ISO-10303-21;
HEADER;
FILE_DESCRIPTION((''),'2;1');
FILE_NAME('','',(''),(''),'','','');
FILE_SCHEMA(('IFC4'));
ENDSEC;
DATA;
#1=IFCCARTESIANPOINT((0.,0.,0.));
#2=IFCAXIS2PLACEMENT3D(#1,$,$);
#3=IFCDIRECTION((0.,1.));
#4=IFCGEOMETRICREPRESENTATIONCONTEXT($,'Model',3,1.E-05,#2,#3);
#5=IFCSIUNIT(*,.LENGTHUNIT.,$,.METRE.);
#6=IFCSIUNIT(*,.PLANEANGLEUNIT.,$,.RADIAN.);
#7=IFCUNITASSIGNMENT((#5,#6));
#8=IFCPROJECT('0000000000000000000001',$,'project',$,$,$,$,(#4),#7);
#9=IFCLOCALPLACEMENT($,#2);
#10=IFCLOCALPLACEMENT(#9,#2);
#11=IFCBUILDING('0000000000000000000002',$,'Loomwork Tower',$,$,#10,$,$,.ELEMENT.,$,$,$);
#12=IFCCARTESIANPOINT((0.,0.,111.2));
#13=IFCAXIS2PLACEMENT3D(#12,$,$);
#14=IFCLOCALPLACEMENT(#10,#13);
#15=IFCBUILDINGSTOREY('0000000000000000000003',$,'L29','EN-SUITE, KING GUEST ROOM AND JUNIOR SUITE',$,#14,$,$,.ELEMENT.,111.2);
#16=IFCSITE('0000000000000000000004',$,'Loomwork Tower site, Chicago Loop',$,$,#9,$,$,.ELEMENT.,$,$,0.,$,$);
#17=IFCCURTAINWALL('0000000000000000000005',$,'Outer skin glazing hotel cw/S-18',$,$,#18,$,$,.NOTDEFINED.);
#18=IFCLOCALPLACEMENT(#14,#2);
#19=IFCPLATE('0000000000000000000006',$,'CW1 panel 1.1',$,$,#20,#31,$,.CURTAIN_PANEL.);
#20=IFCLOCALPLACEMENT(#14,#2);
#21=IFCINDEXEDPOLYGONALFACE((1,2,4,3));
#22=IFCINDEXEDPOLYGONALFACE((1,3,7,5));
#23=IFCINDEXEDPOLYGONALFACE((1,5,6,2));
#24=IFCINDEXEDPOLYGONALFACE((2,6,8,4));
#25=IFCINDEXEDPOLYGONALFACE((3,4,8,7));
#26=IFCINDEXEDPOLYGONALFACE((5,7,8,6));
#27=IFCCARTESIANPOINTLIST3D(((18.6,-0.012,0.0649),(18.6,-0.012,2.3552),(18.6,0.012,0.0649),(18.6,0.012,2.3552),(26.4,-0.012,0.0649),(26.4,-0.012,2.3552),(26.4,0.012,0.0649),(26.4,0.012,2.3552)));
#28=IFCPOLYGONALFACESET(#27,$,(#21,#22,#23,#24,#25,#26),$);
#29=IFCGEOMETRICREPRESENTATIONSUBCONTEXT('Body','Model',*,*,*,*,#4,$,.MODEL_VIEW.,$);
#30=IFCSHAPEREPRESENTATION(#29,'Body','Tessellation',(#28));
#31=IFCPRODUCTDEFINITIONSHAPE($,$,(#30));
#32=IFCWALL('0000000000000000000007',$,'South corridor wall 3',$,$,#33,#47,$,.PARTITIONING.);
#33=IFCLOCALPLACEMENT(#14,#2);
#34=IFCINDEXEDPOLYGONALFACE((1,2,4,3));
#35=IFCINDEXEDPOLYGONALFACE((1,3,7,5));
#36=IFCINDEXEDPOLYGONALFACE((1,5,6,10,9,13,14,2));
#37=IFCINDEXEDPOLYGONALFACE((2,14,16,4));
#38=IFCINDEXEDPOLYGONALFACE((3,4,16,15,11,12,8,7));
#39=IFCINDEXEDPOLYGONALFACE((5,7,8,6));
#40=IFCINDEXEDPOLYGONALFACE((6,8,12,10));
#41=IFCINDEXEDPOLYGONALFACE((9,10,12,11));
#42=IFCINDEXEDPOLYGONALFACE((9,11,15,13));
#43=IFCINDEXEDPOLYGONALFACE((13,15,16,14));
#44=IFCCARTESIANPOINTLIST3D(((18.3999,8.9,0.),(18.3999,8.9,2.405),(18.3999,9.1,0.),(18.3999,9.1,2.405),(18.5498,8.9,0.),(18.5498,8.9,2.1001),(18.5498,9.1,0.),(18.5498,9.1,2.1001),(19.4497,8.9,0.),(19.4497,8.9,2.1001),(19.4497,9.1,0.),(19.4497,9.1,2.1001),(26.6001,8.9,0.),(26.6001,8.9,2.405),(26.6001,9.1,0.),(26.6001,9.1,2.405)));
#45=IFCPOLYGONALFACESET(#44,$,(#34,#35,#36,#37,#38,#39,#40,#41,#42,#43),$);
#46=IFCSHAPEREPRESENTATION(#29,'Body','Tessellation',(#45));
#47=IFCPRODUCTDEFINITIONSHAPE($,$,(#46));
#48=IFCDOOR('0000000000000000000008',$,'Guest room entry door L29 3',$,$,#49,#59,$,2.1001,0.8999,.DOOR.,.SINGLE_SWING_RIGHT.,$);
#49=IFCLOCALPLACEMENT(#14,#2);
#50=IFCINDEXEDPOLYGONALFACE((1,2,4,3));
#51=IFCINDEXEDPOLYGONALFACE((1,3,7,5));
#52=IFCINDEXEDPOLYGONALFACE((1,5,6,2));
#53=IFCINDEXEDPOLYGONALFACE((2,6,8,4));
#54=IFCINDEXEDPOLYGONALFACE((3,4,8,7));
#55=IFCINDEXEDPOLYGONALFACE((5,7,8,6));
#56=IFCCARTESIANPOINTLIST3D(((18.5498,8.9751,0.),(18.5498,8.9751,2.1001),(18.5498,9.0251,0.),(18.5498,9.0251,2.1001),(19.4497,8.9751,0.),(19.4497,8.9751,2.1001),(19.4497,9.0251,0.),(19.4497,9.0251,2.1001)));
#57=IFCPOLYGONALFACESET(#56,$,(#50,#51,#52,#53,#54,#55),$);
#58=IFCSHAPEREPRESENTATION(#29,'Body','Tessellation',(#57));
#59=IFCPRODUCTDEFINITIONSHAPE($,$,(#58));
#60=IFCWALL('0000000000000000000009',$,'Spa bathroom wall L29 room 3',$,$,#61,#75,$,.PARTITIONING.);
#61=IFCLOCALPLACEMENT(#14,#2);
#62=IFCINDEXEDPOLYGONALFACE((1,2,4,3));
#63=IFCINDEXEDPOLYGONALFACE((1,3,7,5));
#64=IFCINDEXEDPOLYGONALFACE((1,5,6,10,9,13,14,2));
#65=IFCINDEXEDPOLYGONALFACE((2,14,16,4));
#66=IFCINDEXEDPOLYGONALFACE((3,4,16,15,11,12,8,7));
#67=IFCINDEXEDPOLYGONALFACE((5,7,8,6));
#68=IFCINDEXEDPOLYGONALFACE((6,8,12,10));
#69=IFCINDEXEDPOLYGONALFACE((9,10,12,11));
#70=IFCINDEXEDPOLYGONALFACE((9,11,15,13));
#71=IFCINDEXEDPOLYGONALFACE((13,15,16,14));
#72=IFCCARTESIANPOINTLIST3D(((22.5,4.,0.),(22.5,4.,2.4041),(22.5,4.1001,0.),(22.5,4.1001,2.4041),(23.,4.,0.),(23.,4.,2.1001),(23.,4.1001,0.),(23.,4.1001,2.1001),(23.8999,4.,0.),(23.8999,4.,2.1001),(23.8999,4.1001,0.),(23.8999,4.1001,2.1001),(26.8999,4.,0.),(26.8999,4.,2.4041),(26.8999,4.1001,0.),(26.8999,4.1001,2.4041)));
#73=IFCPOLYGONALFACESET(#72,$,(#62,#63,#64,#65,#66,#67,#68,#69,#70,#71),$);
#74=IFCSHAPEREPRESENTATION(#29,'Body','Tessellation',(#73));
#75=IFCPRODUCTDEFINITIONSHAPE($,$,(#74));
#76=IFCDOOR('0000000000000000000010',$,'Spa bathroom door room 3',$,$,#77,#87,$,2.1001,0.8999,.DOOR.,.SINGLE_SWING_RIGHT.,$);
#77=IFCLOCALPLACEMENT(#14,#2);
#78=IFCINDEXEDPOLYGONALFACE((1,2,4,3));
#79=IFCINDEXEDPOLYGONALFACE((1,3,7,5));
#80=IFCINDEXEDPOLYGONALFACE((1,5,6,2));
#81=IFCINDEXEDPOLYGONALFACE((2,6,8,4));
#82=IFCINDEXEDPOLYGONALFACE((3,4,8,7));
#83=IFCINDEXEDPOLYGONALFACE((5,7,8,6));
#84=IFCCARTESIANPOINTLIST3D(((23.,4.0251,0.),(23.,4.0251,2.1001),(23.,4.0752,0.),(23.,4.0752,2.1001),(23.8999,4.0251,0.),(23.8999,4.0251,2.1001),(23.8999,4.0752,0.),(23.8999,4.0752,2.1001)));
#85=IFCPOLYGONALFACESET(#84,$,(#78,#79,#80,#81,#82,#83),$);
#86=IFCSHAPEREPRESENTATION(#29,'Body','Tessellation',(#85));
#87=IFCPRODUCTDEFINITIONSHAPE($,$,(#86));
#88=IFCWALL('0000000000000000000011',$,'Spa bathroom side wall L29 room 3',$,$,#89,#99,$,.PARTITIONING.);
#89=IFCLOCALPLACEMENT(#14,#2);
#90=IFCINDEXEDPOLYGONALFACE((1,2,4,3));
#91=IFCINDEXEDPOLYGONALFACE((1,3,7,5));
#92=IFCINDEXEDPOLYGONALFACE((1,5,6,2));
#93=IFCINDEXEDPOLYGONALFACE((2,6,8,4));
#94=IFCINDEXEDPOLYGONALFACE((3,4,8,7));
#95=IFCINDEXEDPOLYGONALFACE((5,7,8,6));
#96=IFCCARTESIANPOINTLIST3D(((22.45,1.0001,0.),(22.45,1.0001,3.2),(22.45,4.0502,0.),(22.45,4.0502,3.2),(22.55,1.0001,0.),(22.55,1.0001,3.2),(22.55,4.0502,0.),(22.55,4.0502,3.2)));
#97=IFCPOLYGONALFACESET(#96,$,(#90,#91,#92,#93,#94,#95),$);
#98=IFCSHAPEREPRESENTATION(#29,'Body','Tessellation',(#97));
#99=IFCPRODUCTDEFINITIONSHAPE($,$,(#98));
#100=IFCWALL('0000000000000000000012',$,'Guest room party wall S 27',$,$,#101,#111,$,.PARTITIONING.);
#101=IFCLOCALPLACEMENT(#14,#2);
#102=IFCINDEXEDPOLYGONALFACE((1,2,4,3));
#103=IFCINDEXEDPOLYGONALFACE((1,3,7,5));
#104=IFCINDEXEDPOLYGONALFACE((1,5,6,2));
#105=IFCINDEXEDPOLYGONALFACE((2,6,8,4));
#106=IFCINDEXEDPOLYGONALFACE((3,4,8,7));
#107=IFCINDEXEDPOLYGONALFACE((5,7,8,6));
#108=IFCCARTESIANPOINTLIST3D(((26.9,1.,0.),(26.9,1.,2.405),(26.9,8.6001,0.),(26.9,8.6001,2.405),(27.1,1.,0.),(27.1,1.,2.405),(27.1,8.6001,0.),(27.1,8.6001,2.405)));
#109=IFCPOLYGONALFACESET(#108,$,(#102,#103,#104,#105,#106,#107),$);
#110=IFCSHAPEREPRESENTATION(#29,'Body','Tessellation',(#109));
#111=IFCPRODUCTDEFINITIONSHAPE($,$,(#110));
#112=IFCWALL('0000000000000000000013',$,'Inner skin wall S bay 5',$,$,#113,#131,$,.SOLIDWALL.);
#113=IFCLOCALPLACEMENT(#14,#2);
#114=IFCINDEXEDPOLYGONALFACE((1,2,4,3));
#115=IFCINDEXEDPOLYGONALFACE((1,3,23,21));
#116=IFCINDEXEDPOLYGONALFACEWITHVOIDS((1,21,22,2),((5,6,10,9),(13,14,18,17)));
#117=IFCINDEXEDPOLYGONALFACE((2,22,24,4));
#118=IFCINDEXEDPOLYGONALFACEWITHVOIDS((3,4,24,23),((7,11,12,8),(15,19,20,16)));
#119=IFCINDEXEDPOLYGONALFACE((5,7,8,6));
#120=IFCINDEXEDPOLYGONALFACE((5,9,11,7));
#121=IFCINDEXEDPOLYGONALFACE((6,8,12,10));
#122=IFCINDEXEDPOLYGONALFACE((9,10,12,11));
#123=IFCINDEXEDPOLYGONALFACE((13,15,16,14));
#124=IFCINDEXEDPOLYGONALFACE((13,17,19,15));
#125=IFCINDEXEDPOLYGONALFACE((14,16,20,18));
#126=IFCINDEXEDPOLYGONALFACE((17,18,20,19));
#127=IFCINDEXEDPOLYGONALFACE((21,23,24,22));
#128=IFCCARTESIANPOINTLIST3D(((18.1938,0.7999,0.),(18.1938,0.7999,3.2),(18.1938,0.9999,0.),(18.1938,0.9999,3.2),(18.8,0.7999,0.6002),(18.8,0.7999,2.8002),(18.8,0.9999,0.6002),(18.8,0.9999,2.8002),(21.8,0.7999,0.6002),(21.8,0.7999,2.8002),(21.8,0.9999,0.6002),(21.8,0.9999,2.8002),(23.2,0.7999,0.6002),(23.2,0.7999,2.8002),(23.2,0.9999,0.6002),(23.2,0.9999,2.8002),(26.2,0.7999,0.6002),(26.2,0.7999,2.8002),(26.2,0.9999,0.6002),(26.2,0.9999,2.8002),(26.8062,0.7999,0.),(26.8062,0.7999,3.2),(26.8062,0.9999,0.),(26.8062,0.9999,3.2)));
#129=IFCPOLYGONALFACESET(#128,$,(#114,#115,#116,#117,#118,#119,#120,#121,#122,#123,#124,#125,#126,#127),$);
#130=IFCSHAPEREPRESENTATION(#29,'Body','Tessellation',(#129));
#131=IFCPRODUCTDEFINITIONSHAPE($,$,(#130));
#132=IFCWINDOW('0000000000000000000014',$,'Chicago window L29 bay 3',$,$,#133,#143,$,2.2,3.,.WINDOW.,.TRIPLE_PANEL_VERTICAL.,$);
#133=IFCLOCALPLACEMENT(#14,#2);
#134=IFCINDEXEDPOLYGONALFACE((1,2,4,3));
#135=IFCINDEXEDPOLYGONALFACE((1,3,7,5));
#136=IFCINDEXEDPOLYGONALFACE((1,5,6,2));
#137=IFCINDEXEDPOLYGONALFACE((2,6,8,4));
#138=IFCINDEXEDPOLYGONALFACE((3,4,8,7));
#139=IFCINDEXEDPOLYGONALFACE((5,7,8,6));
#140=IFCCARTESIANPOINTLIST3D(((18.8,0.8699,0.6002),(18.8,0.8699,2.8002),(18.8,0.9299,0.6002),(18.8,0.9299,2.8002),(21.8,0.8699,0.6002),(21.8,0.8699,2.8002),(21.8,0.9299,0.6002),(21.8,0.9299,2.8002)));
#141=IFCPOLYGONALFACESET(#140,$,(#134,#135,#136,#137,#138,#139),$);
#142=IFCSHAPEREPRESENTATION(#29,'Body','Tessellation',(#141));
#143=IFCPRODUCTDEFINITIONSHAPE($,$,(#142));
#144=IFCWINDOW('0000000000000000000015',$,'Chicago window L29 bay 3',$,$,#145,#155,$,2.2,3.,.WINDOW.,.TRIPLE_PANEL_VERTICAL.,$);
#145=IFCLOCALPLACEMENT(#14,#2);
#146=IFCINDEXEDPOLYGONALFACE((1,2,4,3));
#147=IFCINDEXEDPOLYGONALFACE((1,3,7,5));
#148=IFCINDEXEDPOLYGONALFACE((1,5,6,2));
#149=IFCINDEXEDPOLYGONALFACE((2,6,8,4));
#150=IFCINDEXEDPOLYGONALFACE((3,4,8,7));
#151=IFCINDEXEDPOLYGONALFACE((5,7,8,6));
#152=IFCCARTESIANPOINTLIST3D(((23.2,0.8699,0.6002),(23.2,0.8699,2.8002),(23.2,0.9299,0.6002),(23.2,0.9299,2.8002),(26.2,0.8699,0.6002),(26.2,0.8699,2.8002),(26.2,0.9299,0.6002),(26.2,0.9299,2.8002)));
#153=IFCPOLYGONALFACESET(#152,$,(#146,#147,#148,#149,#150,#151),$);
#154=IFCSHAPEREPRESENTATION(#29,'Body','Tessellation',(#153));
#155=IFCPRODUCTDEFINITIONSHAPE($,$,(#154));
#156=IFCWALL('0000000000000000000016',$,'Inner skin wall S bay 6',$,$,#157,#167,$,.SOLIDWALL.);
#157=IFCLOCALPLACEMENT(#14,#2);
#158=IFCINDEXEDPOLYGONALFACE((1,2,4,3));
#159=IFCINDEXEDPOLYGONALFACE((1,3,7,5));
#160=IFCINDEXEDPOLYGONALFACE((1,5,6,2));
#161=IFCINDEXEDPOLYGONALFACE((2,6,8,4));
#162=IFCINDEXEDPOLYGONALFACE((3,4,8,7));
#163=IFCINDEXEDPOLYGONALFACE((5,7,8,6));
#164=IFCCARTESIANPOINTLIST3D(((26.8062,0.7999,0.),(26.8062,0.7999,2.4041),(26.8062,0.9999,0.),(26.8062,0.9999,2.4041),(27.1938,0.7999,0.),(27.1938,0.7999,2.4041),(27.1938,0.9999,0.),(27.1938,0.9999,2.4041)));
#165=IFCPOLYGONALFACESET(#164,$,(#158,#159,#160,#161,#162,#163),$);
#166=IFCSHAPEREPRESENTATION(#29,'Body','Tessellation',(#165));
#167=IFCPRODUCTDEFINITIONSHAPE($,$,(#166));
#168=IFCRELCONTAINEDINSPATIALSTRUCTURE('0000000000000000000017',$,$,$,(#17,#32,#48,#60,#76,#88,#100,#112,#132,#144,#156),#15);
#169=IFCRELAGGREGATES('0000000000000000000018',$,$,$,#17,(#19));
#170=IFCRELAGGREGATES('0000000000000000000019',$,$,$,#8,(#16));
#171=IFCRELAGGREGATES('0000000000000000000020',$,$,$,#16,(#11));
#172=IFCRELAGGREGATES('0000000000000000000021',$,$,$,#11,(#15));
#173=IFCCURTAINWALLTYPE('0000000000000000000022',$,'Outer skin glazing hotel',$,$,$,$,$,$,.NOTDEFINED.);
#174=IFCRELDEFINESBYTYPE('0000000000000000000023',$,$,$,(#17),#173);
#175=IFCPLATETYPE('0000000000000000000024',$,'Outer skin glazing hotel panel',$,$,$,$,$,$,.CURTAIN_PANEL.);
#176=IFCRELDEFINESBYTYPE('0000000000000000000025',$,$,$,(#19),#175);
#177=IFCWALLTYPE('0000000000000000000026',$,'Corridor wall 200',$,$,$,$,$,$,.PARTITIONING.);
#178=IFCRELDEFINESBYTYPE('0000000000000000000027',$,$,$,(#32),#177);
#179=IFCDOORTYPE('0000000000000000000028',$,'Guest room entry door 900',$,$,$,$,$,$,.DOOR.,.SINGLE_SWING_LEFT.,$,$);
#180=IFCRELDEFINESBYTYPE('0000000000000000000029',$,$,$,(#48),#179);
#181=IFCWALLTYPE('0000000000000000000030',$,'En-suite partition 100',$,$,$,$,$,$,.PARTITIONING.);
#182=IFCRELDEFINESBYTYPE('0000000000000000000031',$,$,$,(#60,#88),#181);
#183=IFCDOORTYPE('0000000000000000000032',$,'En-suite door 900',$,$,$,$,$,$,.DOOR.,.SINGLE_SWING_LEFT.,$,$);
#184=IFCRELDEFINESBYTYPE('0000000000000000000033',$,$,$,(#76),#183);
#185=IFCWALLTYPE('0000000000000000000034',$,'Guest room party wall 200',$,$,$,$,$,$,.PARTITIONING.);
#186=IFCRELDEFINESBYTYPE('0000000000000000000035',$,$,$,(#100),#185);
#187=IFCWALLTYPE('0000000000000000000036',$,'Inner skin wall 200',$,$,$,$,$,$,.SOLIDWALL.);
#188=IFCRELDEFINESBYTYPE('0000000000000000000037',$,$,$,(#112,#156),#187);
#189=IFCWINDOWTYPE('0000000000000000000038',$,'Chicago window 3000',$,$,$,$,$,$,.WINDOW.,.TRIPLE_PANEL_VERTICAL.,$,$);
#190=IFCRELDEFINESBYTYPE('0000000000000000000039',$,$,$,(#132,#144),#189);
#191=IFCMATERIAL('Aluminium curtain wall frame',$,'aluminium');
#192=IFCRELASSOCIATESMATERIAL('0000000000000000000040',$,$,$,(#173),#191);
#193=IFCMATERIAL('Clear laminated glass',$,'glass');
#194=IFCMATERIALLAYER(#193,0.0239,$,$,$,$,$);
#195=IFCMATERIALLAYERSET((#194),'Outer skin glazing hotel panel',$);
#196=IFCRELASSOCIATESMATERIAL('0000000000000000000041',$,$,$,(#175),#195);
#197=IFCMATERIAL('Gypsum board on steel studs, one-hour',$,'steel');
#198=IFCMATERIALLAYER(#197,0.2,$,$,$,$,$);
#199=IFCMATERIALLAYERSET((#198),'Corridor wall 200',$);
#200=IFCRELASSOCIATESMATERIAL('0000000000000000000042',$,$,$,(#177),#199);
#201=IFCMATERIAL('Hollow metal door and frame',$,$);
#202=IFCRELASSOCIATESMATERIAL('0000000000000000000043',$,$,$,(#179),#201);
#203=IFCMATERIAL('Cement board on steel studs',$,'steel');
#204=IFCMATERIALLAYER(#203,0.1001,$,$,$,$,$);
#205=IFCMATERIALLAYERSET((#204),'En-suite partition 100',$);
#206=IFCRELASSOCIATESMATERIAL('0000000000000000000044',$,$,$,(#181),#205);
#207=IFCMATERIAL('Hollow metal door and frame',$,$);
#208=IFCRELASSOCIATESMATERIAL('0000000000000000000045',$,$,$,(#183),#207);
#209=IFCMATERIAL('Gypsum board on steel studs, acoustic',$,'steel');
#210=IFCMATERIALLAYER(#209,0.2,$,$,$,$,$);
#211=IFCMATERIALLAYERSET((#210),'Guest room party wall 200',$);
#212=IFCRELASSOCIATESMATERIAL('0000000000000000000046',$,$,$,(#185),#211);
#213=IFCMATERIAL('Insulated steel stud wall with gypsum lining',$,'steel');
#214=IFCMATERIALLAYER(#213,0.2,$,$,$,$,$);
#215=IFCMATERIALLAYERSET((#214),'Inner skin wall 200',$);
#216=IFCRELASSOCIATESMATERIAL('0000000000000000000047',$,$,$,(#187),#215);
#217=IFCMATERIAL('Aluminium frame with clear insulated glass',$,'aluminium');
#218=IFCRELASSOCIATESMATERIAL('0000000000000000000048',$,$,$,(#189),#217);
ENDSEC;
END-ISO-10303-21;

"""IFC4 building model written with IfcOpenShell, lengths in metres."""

from ifc_helpers import new_model, si_unit, direction, frame, frame_2d, origin, origin_2d, place, context, subcontext, project, spatial, rectangle, extrude, material, layer, layer_set, type_object, element, fill, aggregate, save


model = new_model("IFC4")

# Units and contexts
model_context = context("Model", 3, precision=1e-05, world=origin(), true_north=direction((0.0, 1.0)))
body_context = subcontext(model_context, "Body", "Model", "MODEL_VIEW")
ifc_project = project(units=[si_unit("LENGTHUNIT", "METRE"), si_unit("PLANEANGLEUNIT", "RADIAN")], contexts=[model_context])

# Site, building, storey
site_placement = place(None, origin())
site = spatial("IfcSite", under=ifc_project, at=site_placement, Name="Loomwork Tower site, Chicago Loop", CompositionType="ELEMENT", RefElevation=0.0)
building_placement = place(site_placement, origin())
building = spatial("IfcBuilding", under=site, at=building_placement, Name="Loomwork Tower", CompositionType="ELEMENT")
storey_placement = place(building_placement, frame((0.0, 0.0, 111.2)))
storey = spatial("IfcBuildingStorey", under=building, at=storey_placement, Name="L29", Description="EN-SUITE, KING GUEST ROOM AND JUNIOR SUITE", CompositionType="ELEMENT", Elevation=111.2)

# Curtain wall
ifc_material_1 = material(Name="Aluminium curtain wall frame", Category="aluminium")
curtain_wall_type = type_object("IfcCurtainWallType", Name="Outer skin glazing hotel", PredefinedType="NOTDEFINED", material=ifc_material_1)
curtain_wall_placement = place(storey_placement, origin())
curtain_wall = element("IfcCurtainWall", 1, at=curtain_wall_placement, inside=storey, type_object=curtain_wall_type, Name="Outer skin glazing hotel cw/S-18", PredefinedType="NOTDEFINED")

# Plate
ifc_material_2 = material(Name="Clear laminated glass", Category="glass")
ifc_layer_1 = layer(ifc_material_2, 0.0239)
ifc_layer_set_1 = layer_set([ifc_layer_1], Name="Outer skin glazing hotel panel")
plate_type = type_object("IfcPlateType", Name="Outer skin glazing hotel panel", PredefinedType="CURTAIN_PANEL", material=ifc_layer_set_1)
plate_placement = place(storey_placement, frame((22.5, 0.0, 0.0649), z_axis=(0.0, 0.0, 1.0), x_axis=(1.0, 0.0, 0.0)))
plate = element("IfcPlate", 2, at=plate_placement, type_object=plate_type, Name="CW1 panel 1.1", PredefinedType="CURTAIN_PANEL", context=body_context, shape_type="SweptSolid", body=[
    extrude(rectangle(XDim=7.8, YDim=0.0239, at=origin_2d()), origin(), (0.0, 0.0, 1.0), 2.2903),
])
aggregate(curtain_wall, [plate])

# Walls, openings, doors
ifc_material_3 = material(Name="Gypsum board on steel studs, one-hour", Category="steel")
ifc_layer_2 = layer(ifc_material_3, 0.2)
ifc_layer_set_2 = layer_set([ifc_layer_2], Name="Corridor wall 200")
wall_type_1 = type_object("IfcWallType", Name="Corridor wall 200", PredefinedType="PARTITIONING", material=ifc_layer_set_2)
wall_1_placement = place(storey_placement, frame((18.3999, 9.0, 0.0), z_axis=(0.0, 0.0, 1.0), x_axis=(1.0, 0.0, 0.0)))
wall_1 = element("IfcWall", 3, at=wall_1_placement, inside=storey, type_object=wall_type_1, Name="South corridor wall 3", PredefinedType="PARTITIONING", context=body_context, shape_type="SweptSolid", body=[
    extrude(rectangle(XDim=8.2002, YDim=0.2, at=frame_2d((4.1001, 0.0))), origin(), (0.0, 0.0, 1.0), 2.405),
])
opening_1_placement = place(wall_1_placement, frame((0.1499, 0.0, 0.0)))
opening_1 = element("IfcOpeningElement", 4, at=opening_1_placement, cuts=wall_1, PredefinedType="OPENING", context=body_context, shape_type="SweptSolid", body=[
    extrude(rectangle(XDim=0.8999, YDim=2.1001, at=frame_2d((0.45, 1.05))), frame((0.0, 0.1099, 0.0), z_axis=(0.0, -1.0, 0.0), x_axis=(1.0, 0.0, 0.0)), (0.0, 0.0, 1.0), 0.22),
])
ifc_material_4 = material(Name="Hollow metal door and frame")
door_type_1 = type_object("IfcDoorType", Name="Guest room entry door 900", OperationType="SINGLE_SWING_LEFT", PredefinedType="DOOR", material=ifc_material_4)
door_1_placement = place(opening_1_placement, frame((0.8999, 0.0, 0.0), z_axis=(0.0, 0.0, 1.0), x_axis=(-1.0, 0.0, 0.0)))
door_1 = element("IfcDoor", 5, at=door_1_placement, inside=storey, type_object=door_type_1, Name="Guest room entry door L29 3", OperationType="SINGLE_SWING_RIGHT", OverallHeight=2.1001, OverallWidth=0.8999, PredefinedType="DOOR", context=body_context, shape_type="SweptSolid", body=[
    extrude(rectangle(XDim=0.8999, YDim=2.1001, at=frame_2d((0.45, 1.05))), frame((0.0, 0.0249, 0.0), z_axis=(0.0, -1.0, 0.0), x_axis=(1.0, 0.0, 0.0)), (0.0, 0.0, 1.0), 0.05),
])
fill(opening_1, door_1)
ifc_material_5 = material(Name="Cement board on steel studs", Category="steel")
ifc_layer_3 = layer(ifc_material_5, 0.1001)
ifc_layer_set_3 = layer_set([ifc_layer_3], Name="En-suite partition 100")
wall_type_2 = type_object("IfcWallType", Name="En-suite partition 100", PredefinedType="PARTITIONING", material=ifc_layer_set_3)
wall_2_placement = place(storey_placement, frame((22.5, 4.05, 0.0), z_axis=(0.0, 0.0, 1.0), x_axis=(1.0, 0.0, 0.0)))
wall_2 = element("IfcWall", 6, at=wall_2_placement, inside=storey, type_object=wall_type_2, Name="Spa bathroom wall L29 room 3", PredefinedType="PARTITIONING", context=body_context, shape_type="SweptSolid", body=[
    extrude(rectangle(XDim=4.3999, YDim=0.1001, at=frame_2d((2.2, 0.0))), origin(), (0.0, 0.0, 1.0), 2.4041),
])
opening_2_placement = place(wall_2_placement, frame((0.5, 0.0, 0.0)))
opening_2 = element("IfcOpeningElement", 7, at=opening_2_placement, cuts=wall_2, PredefinedType="OPENING", context=body_context, shape_type="SweptSolid", body=[
    extrude(rectangle(XDim=0.8999, YDim=2.1001, at=frame_2d((0.45, 1.05))), frame((0.0, 0.0601, 0.0), z_axis=(0.0, -1.0, 0.0), x_axis=(1.0, 0.0, 0.0)), (0.0, 0.0, 1.0), 0.1201),
])
ifc_material_6 = material(Name="Hollow metal door and frame")
door_type_2 = type_object("IfcDoorType", Name="En-suite door 900", OperationType="SINGLE_SWING_LEFT", PredefinedType="DOOR", material=ifc_material_6)
door_2_placement = place(opening_2_placement, frame((0.8999, 0.0, 0.0), z_axis=(0.0, 0.0, 1.0), x_axis=(-1.0, 0.0, 0.0)))
door_2 = element("IfcDoor", 8, at=door_2_placement, inside=storey, type_object=door_type_2, Name="Spa bathroom door room 3", OperationType="SINGLE_SWING_RIGHT", OverallHeight=2.1001, OverallWidth=0.8999, PredefinedType="DOOR", context=body_context, shape_type="SweptSolid", body=[
    extrude(rectangle(XDim=0.8999, YDim=2.1001, at=frame_2d((0.45, 1.05))), frame((0.0, 0.0249, 0.0), z_axis=(0.0, -1.0, 0.0), x_axis=(1.0, 0.0, 0.0)), (0.0, 0.0, 1.0), 0.05),
])
fill(opening_2, door_2)

# Walls
wall_3_placement = place(storey_placement, frame((22.5, 4.05, 0.0), z_axis=(0.0, 0.0, 1.0), x_axis=(0.0, -1.0, 0.0)))
element("IfcWall", 9, at=wall_3_placement, inside=storey, type_object=wall_type_2, Name="Spa bathroom side wall L29 room 3", PredefinedType="PARTITIONING", context=body_context, shape_type="SweptSolid", body=[
    extrude(rectangle(XDim=3.05, YDim=0.1001, at=frame_2d((1.5249, 0.0))), origin(), (0.0, 0.0, 1.0), 3.2),
])
ifc_material_7 = material(Name="Gypsum board on steel studs, acoustic", Category="steel")
ifc_layer_4 = layer(ifc_material_7, 0.2)
ifc_layer_set_4 = layer_set([ifc_layer_4], Name="Guest room party wall 200")
wall_type_3 = type_object("IfcWallType", Name="Guest room party wall 200", PredefinedType="PARTITIONING", material=ifc_layer_set_4)
wall_4_placement = place(storey_placement, frame((27.0, 8.6001, 0.0), z_axis=(0.0, 0.0, 1.0), x_axis=(0.0, -1.0, 0.0)))
element("IfcWall", 10, at=wall_4_placement, inside=storey, type_object=wall_type_3, Name="Guest room party wall S 27", PredefinedType="PARTITIONING", context=body_context, shape_type="SweptSolid", body=[
    extrude(rectangle(XDim=7.6001, YDim=0.2, at=frame_2d((3.8, 0.0))), origin(), (0.0, 0.0, 1.0), 2.405),
])

# Wall, openings, windows
ifc_material_8 = material(Name="Insulated steel stud wall with gypsum lining", Category="steel")
ifc_layer_5 = layer(ifc_material_8, 0.2)
ifc_layer_set_5 = layer_set([ifc_layer_5], Name="Inner skin wall 200")
wall_type_4 = type_object("IfcWallType", Name="Inner skin wall 200", PredefinedType="SOLIDWALL", material=ifc_layer_set_5)
wall_5_placement = place(storey_placement, frame((18.1938, 0.8999, 0.0), z_axis=(0.0, 0.0, 1.0), x_axis=(1.0, 0.0, 0.0)))
wall_5 = element("IfcWall", 11, at=wall_5_placement, inside=storey, type_object=wall_type_4, Name="Inner skin wall S bay 5", PredefinedType="SOLIDWALL", context=body_context, shape_type="SweptSolid", body=[
    extrude(rectangle(XDim=8.6123, YDim=0.2, at=frame_2d((4.3062, 0.0))), origin(), (0.0, 0.0, 1.0), 3.2),
])
opening_3_placement = place(wall_5_placement, frame((0.6062, 0.0, 0.6001)))
opening_3 = element("IfcOpeningElement", 12, at=opening_3_placement, cuts=wall_5, PredefinedType="OPENING", context=body_context, shape_type="SweptSolid", body=[
    extrude(rectangle(XDim=3.0, YDim=2.2, at=frame_2d((1.5, 1.1001))), frame((0.0, 0.1099, 0.0), z_axis=(0.0, -1.0, 0.0), x_axis=(1.0, 0.0, 0.0)), (0.0, 0.0, 1.0), 0.22),
])
opening_4_placement = place(wall_5_placement, frame((5.0061, 0.0, 0.6001)))
opening_4 = element("IfcOpeningElement", 13, at=opening_4_placement, cuts=wall_5, PredefinedType="OPENING", context=body_context, shape_type="SweptSolid", body=[
    extrude(rectangle(XDim=3.0, YDim=2.2, at=frame_2d((1.5, 1.1001))), frame((0.0, 0.1099, 0.0), z_axis=(0.0, -1.0, 0.0), x_axis=(1.0, 0.0, 0.0)), (0.0, 0.0, 1.0), 0.22),
])
ifc_material_9 = material(Name="Aluminium frame with clear insulated glass", Category="aluminium")
window_type = type_object("IfcWindowType", Name="Chicago window 3000", PartitioningType="TRIPLE_PANEL_VERTICAL", PredefinedType="WINDOW", material=ifc_material_9)
window_1_placement = place(opening_3_placement, origin())
window_1 = element("IfcWindow", 14, at=window_1_placement, inside=storey, type_object=window_type, Name="Chicago window L29 bay 3", OverallHeight=2.2, OverallWidth=3.0, PartitioningType="TRIPLE_PANEL_VERTICAL", PredefinedType="WINDOW", context=body_context, shape_type="SweptSolid", body=[
    extrude(rectangle(XDim=3.0, YDim=2.2, at=frame_2d((1.5, 1.1001))), frame((0.0, 0.03, 0.0), z_axis=(0.0, -1.0, 0.0), x_axis=(1.0, 0.0, 0.0)), (0.0, 0.0, 1.0), 0.0601),
])
fill(opening_3, window_1)
window_2_placement = place(opening_4_placement, origin())
window_2 = element("IfcWindow", 15, at=window_2_placement, inside=storey, type_object=window_type, Name="Chicago window L29 bay 3", OverallHeight=2.2, OverallWidth=3.0, PartitioningType="TRIPLE_PANEL_VERTICAL", PredefinedType="WINDOW", context=body_context, shape_type="SweptSolid", body=[
    extrude(rectangle(XDim=3.0, YDim=2.2, at=frame_2d((1.5, 1.1001))), frame((0.0, 0.03, 0.0), z_axis=(0.0, -1.0, 0.0), x_axis=(1.0, 0.0, 0.0)), (0.0, 0.0, 1.0), 0.0601),
])
fill(opening_4, window_2)

# Wall
wall_6_placement = place(storey_placement, frame((26.8062, 0.8999, 0.0), z_axis=(0.0, 0.0, 1.0), x_axis=(1.0, 0.0, 0.0)))
element("IfcWall", 16, at=wall_6_placement, inside=storey, type_object=wall_type_4, Name="Inner skin wall S bay 6", PredefinedType="SOLIDWALL", context=body_context, shape_type="SweptSolid", body=[
    extrude(rectangle(XDim=0.3877, YDim=0.2, at=frame_2d((0.1938, 0.0))), origin(), (0.0, 0.0, 1.0), 2.4041),
])

save(model, "model.ifc")
